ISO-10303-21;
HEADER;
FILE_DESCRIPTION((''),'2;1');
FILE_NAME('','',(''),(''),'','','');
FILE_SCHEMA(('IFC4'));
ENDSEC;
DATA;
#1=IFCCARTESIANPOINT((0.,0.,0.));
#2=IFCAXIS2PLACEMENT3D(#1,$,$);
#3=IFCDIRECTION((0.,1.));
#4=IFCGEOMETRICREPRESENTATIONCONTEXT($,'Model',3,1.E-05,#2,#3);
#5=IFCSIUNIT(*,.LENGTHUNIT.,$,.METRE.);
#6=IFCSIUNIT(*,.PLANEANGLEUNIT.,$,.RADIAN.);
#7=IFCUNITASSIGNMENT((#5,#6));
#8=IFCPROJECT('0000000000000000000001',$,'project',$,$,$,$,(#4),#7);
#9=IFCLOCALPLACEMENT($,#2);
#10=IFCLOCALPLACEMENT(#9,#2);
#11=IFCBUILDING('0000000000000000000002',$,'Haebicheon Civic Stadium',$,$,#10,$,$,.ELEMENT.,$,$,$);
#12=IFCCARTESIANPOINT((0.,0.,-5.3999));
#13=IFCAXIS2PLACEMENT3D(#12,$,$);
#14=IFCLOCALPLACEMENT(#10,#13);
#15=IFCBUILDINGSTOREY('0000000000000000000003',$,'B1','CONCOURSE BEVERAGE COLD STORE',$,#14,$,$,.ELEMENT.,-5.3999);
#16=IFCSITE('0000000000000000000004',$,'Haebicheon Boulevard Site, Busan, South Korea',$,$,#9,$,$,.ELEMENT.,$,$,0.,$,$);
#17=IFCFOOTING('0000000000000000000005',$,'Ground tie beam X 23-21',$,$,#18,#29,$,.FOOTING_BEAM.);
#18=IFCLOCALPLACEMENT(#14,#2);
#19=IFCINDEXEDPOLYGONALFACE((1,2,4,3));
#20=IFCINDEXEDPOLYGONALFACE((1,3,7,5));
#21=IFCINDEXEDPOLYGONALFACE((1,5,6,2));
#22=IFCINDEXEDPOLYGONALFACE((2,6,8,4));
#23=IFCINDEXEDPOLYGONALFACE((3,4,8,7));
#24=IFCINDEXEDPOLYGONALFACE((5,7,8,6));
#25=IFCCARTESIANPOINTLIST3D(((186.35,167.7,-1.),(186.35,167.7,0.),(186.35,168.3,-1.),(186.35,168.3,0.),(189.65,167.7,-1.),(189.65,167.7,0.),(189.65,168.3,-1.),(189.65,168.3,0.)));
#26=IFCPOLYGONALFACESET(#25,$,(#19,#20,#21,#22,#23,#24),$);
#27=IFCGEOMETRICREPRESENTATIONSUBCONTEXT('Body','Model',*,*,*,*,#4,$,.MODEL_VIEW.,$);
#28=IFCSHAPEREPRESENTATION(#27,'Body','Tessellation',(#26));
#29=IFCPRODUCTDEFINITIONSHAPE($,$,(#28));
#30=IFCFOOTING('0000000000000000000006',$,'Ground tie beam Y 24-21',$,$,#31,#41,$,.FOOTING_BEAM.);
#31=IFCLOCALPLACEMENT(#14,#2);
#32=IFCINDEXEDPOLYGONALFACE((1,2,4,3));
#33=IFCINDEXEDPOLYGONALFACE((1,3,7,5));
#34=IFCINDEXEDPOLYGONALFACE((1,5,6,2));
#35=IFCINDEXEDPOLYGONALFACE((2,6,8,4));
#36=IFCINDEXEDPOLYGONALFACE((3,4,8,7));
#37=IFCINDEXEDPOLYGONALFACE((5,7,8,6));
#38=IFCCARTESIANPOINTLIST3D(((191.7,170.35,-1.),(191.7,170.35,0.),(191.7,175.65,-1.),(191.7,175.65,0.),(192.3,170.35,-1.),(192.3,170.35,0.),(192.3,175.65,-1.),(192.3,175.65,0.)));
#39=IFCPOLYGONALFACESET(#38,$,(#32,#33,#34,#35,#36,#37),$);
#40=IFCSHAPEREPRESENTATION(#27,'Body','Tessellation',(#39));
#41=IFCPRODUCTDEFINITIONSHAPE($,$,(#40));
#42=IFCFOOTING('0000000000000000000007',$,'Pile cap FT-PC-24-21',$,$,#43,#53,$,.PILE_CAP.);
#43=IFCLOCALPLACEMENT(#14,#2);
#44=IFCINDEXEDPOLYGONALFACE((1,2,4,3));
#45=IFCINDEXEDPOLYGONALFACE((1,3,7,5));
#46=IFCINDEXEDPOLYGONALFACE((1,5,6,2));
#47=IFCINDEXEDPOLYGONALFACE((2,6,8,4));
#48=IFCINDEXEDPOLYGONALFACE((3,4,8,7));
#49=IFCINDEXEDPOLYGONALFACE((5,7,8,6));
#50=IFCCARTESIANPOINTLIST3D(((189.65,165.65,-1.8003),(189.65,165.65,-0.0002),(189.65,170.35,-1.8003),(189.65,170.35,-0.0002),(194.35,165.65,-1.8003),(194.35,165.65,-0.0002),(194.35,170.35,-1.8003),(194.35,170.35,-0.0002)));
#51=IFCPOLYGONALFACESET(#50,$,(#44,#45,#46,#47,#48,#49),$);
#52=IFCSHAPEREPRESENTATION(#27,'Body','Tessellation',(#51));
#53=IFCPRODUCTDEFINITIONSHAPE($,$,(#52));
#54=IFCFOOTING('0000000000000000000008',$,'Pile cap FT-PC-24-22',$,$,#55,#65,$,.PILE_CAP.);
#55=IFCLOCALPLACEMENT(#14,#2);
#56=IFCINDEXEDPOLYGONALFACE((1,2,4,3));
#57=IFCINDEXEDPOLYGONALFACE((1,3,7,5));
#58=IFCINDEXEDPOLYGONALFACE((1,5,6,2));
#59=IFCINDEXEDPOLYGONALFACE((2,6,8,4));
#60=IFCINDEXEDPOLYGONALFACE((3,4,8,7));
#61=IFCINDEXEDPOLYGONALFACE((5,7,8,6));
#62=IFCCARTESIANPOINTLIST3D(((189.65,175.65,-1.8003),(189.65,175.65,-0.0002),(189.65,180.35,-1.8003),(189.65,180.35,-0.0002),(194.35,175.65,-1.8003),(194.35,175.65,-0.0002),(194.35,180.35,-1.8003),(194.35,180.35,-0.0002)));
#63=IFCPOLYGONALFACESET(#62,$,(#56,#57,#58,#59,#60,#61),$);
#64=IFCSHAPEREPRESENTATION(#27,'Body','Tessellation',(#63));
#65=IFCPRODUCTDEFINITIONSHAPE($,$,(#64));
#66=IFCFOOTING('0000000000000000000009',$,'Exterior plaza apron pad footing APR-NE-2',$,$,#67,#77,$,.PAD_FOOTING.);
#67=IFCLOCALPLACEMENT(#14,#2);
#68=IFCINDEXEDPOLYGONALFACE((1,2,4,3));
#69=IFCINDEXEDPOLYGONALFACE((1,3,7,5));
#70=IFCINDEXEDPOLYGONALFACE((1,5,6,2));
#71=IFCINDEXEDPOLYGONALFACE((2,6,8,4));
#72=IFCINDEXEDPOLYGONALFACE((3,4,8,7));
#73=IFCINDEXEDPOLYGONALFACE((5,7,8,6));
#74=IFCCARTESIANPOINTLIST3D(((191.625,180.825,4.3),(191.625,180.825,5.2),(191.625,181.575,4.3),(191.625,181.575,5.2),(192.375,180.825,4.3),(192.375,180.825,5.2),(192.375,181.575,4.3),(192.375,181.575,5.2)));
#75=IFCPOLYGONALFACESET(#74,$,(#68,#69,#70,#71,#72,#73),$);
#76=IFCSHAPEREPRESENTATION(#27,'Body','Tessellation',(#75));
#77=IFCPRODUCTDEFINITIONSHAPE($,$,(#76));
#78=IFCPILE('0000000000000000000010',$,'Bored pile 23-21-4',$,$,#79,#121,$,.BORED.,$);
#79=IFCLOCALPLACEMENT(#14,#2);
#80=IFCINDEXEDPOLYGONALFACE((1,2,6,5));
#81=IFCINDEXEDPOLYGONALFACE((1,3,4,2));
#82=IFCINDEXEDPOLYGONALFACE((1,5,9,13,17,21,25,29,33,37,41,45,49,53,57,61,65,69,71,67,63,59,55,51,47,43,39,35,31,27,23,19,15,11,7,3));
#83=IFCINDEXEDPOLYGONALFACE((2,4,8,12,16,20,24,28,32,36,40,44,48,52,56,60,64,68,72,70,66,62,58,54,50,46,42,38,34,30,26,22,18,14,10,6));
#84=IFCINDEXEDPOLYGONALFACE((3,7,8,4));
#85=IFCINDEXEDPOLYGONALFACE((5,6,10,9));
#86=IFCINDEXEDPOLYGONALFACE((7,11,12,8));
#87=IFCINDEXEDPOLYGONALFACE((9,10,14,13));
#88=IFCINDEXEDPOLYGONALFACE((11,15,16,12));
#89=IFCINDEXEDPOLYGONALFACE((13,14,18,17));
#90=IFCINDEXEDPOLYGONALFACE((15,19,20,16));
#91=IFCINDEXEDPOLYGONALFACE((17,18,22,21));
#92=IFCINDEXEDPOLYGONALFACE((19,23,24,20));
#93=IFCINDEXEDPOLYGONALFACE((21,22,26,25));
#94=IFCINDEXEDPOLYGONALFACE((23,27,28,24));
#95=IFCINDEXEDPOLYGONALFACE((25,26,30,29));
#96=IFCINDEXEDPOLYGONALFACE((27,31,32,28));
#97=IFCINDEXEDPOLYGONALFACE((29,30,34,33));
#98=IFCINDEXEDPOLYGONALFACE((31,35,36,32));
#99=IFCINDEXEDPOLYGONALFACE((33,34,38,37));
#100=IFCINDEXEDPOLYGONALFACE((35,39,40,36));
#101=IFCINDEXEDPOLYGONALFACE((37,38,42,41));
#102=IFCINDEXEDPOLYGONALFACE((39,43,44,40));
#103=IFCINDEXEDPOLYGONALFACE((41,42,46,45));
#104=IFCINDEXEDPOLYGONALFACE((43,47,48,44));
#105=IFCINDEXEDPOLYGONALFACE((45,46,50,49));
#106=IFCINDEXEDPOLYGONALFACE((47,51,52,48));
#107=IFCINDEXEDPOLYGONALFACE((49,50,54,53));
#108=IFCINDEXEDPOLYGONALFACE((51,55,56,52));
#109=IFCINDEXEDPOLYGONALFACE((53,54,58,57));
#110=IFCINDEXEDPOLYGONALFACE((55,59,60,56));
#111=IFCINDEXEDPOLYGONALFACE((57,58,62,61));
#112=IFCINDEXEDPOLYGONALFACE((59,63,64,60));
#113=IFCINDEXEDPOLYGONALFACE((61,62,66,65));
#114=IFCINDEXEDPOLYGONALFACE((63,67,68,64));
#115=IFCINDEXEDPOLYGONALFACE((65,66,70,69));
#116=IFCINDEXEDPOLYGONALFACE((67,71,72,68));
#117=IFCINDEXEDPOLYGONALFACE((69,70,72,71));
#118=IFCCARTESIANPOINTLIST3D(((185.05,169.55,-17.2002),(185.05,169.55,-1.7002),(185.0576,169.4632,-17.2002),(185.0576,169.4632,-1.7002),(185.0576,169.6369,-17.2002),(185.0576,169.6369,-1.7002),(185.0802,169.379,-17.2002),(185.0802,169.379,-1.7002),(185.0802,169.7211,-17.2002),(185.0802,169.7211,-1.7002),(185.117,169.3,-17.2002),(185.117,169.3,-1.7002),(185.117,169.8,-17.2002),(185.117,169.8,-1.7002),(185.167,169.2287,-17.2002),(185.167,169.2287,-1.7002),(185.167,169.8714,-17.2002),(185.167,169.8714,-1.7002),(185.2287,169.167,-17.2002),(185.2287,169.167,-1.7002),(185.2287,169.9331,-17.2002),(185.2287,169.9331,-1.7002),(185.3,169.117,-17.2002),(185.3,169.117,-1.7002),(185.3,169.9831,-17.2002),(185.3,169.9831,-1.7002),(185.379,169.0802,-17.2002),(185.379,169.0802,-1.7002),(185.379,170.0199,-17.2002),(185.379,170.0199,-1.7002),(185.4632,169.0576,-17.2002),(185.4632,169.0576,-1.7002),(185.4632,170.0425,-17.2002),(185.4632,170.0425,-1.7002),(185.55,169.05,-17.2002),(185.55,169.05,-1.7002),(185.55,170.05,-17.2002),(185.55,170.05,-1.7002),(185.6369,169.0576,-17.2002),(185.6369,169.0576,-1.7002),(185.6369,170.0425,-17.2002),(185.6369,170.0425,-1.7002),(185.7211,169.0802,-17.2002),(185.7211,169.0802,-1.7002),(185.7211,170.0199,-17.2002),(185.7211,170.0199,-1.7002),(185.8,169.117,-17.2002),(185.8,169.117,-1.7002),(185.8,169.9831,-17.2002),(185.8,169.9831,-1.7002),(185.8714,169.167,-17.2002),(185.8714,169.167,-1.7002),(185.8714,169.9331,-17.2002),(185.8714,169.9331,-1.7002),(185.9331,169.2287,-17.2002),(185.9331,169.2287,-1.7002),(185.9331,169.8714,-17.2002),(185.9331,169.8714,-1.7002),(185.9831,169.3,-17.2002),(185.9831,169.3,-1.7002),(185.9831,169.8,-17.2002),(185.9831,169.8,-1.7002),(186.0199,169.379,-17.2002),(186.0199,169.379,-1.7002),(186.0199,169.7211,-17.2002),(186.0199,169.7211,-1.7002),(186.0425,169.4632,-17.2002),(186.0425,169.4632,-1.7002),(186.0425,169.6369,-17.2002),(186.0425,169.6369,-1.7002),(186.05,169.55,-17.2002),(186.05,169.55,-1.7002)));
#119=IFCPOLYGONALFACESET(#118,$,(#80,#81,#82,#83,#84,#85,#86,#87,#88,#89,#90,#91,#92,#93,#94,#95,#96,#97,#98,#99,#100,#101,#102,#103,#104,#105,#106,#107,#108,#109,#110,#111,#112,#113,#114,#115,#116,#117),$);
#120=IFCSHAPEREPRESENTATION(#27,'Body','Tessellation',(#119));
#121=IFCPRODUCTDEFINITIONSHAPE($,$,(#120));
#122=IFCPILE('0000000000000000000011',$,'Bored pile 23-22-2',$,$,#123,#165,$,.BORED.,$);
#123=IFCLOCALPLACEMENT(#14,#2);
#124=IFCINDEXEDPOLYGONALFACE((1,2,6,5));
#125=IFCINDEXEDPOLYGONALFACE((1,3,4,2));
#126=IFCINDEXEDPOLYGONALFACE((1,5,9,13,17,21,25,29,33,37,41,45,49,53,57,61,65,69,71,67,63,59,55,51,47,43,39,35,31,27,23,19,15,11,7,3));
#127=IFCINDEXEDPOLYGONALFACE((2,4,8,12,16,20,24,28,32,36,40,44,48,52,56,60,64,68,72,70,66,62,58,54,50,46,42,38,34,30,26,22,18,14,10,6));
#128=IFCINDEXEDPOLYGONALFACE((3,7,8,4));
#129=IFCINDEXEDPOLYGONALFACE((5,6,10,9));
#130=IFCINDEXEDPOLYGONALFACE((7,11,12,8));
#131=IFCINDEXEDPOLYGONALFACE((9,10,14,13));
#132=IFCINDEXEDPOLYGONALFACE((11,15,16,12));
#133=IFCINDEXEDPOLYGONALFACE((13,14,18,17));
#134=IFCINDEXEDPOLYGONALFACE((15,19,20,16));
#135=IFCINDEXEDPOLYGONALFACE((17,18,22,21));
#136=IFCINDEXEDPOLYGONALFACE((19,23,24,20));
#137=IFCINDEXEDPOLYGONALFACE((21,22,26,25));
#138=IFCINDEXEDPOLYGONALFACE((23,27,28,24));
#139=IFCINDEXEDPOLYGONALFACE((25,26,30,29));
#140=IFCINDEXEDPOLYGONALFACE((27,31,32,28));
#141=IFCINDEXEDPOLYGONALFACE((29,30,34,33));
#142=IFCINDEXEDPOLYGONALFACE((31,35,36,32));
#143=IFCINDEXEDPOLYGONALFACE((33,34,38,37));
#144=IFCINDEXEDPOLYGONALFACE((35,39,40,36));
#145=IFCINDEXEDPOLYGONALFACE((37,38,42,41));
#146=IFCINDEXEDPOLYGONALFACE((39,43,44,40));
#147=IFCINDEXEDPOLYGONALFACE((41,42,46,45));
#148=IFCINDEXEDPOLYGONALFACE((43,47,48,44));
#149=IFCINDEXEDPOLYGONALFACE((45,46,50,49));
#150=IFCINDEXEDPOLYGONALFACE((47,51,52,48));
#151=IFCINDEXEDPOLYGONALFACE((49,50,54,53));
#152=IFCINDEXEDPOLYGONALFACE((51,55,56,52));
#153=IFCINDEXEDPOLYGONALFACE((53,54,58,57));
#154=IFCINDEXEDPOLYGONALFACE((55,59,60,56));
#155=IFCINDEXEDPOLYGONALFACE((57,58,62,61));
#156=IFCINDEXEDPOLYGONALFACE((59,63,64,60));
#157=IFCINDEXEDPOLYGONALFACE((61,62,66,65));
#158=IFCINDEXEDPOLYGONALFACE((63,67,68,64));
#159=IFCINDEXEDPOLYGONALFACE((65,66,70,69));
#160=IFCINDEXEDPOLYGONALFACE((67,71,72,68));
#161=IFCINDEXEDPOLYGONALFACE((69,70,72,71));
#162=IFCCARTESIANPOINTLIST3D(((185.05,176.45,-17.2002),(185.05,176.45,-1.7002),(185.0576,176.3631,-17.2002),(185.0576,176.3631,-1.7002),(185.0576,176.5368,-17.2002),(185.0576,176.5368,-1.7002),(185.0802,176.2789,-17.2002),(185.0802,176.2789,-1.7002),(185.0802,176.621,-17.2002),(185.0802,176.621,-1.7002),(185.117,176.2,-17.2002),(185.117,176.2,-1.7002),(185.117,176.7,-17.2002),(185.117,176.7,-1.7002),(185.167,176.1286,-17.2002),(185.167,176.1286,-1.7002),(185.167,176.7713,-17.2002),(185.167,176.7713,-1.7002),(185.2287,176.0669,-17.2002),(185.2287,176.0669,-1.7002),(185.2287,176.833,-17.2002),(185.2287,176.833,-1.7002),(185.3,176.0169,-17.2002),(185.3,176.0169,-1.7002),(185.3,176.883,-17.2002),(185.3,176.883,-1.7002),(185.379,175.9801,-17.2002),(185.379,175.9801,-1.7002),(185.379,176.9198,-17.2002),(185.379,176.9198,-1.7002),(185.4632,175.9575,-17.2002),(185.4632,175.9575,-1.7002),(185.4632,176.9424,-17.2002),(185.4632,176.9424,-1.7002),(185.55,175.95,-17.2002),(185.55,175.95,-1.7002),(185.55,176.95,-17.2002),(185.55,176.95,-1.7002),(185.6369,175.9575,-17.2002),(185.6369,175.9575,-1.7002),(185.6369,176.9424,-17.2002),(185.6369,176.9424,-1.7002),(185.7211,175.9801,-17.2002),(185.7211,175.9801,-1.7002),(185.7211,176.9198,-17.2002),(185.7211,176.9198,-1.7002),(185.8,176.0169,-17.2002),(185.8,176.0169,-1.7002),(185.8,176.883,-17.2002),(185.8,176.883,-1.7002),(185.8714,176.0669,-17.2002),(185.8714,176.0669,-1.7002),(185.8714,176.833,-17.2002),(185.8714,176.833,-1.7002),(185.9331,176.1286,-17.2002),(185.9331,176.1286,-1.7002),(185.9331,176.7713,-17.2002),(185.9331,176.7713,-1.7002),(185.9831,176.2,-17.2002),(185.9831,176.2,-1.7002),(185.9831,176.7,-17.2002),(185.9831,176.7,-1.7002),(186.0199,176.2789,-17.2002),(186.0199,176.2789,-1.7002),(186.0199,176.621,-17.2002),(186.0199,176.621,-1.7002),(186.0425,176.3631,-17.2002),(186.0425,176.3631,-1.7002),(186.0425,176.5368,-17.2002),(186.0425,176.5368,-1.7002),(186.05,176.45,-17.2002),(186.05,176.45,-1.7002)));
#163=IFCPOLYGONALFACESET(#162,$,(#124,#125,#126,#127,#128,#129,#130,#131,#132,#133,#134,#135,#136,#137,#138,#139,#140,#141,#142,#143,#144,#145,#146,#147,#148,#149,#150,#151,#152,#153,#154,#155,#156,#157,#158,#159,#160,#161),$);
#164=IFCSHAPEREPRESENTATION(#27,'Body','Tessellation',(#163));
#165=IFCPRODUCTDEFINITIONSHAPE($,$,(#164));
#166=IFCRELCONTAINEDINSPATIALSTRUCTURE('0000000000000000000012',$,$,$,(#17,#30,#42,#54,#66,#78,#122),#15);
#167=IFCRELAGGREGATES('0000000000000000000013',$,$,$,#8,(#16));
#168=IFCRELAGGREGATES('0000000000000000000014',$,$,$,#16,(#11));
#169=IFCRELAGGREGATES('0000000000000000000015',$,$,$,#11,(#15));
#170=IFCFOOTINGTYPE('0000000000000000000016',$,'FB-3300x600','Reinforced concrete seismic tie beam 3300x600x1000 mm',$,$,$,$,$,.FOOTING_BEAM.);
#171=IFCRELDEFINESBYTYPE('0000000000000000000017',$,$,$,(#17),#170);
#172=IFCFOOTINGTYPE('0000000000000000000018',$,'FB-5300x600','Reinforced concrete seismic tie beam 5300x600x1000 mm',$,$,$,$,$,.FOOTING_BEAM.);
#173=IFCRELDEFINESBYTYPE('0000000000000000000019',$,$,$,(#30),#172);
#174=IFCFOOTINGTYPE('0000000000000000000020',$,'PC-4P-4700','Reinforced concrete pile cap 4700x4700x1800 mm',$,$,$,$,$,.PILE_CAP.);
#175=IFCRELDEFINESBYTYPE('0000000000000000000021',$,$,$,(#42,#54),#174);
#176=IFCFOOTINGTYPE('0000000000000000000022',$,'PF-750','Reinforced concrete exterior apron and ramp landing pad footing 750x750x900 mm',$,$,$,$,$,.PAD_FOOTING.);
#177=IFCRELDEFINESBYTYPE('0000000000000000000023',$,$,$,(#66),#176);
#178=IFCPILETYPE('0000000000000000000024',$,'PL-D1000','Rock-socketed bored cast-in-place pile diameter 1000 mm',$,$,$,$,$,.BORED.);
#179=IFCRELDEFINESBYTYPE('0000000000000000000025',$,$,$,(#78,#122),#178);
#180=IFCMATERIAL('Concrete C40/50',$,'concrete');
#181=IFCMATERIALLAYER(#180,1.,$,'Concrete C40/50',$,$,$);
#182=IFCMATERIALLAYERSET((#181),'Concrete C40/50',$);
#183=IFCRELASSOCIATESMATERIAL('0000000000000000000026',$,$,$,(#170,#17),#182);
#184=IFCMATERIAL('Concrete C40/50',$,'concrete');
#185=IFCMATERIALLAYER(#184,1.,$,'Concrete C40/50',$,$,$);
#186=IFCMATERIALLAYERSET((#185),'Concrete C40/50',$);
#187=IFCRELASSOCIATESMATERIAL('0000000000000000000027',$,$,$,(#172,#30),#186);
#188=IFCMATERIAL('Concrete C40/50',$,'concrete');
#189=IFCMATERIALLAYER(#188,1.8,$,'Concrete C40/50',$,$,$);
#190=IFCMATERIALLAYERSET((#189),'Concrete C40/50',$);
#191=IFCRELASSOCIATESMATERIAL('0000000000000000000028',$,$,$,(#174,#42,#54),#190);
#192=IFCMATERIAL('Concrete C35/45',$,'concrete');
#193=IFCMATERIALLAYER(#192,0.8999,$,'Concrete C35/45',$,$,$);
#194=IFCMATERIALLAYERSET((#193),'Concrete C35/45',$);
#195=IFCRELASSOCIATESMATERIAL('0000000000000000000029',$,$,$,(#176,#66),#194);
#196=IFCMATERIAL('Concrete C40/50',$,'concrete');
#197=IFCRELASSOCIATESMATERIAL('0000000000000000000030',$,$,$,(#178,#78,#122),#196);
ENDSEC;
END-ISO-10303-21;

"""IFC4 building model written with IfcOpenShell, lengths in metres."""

from ifc_helpers import new_model, si_unit, direction, frame, origin, origin_2d, place, context, subcontext, project, spatial, rectangle, circle, extrude, material, layer, layer_set, material_profile, profile_set, type_object, element, save


model = new_model("IFC4")

# Units and contexts
model_context = context("Model", 3, precision=1e-05, world=origin(), true_north=direction((0.0, 1.0)))
body_context = subcontext(model_context, "Body", "Model", "MODEL_VIEW")
ifc_project = project(units=[si_unit("LENGTHUNIT", "METRE"), si_unit("PLANEANGLEUNIT", "RADIAN")], contexts=[model_context])

# Site, building, storey
site_placement = place(None, origin())
site = spatial("IfcSite", under=ifc_project, at=site_placement, Name="Haebicheon Boulevard Site, Busan, South Korea", CompositionType="ELEMENT", RefElevation=0.0)
building_placement = place(site_placement, origin())
building = spatial("IfcBuilding", under=site, at=building_placement, Name="Haebicheon Civic Stadium", CompositionType="ELEMENT")
storey_placement = place(building_placement, frame((0.0, 0.0, -5.3999)))
storey = spatial("IfcBuildingStorey", under=building, at=storey_placement, Name="B1", Description="CONCOURSE BEVERAGE COLD STORE", CompositionType="ELEMENT", Elevation=-5.3999)

# Footings
ifc_material_1 = material(Name="Concrete C40/50", Category="concrete")
ifc_layer_1 = layer(ifc_material_1, 1.0, Name="Concrete C40/50")
ifc_layer_set_1 = layer_set([ifc_layer_1], Name="Concrete C40/50")
footing_type_1 = type_object("IfcFootingType", Name="FB-3300x600", Description="Reinforced concrete seismic tie beam 3300x600x1000 mm", PredefinedType="FOOTING_BEAM", material=ifc_layer_set_1)
footing_1_placement = place(storey_placement, frame((188.0, 168.0, -1.0), z_axis=(0.0, 0.0, 1.0), x_axis=(1.0, 0.0, 0.0)))
element("IfcFooting", 1, at=footing_1_placement, inside=storey, type_object=footing_type_1, material=ifc_layer_set_1, Name="Ground tie beam X 23-21", PredefinedType="FOOTING_BEAM", context=body_context, shape_type="SweptSolid", body=[
    extrude(rectangle(XDim=3.3, YDim=0.6001, at=origin_2d()), origin(), (0.0, 0.0, 1.0), 1.0),
])
ifc_material_2 = material(Name="Concrete C40/50", Category="concrete")
ifc_layer_2 = layer(ifc_material_2, 1.0, Name="Concrete C40/50")
ifc_layer_set_2 = layer_set([ifc_layer_2], Name="Concrete C40/50")
footing_type_2 = type_object("IfcFootingType", Name="FB-5300x600", Description="Reinforced concrete seismic tie beam 5300x600x1000 mm", PredefinedType="FOOTING_BEAM", material=ifc_layer_set_2)
footing_2_placement = place(storey_placement, frame((192.0, 173.0, -1.0), z_axis=(0.0, 0.0, 1.0), x_axis=(0.0, 1.0, 0.0)))
element("IfcFooting", 2, at=footing_2_placement, inside=storey, type_object=footing_type_2, material=ifc_layer_set_2, Name="Ground tie beam Y 24-21", PredefinedType="FOOTING_BEAM", context=body_context, shape_type="SweptSolid", body=[
    extrude(rectangle(XDim=5.3, YDim=0.6001, at=origin_2d()), origin(), (0.0, 0.0, 1.0), 1.0),
])
ifc_material_3 = material(Name="Concrete C40/50", Category="concrete")
ifc_layer_3 = layer(ifc_material_3, 1.8, Name="Concrete C40/50")
ifc_layer_set_3 = layer_set([ifc_layer_3], Name="Concrete C40/50")
footing_type_3 = type_object("IfcFootingType", Name="PC-4P-4700", Description="Reinforced concrete pile cap 4700x4700x1800 mm", PredefinedType="PILE_CAP", material=ifc_layer_set_3)
for number, where, z_axis, x_axis, name in (
    (3, (192.0, 168.0, -1.8003), (0.0, 0.0, 1.0), (1.0, 0.0, 0.0), "Pile cap FT-PC-24-21"),
    (4, (192.0, 178.0, -1.8003), (0.0, 0.0, 1.0), (1.0, 0.0, 0.0), "Pile cap FT-PC-24-22"),
):
    element("IfcFooting", number, at=place(storey_placement, frame(where, z_axis=z_axis, x_axis=x_axis)), inside=storey, type_object=footing_type_3, material=ifc_layer_set_3, Name=name, PredefinedType="PILE_CAP", context=body_context, shape_type="SweptSolid", body=[
        extrude(rectangle(XDim=4.7, YDim=4.7, at=origin_2d()), origin(), (0.0, 0.0, 1.0), 1.8),
    ])
ifc_material_4 = material(Name="Concrete C35/45", Category="concrete")
ifc_layer_4 = layer(ifc_material_4, 0.8999, Name="Concrete C35/45")
ifc_layer_set_4 = layer_set([ifc_layer_4], Name="Concrete C35/45")
footing_type_4 = type_object("IfcFootingType", Name="PF-750", Description="Reinforced concrete exterior apron and ramp landing pad footing 750x750x900 mm", PredefinedType="PAD_FOOTING", material=ifc_layer_set_4)
footing_3_placement = place(storey_placement, frame((192.0, 181.2, 4.3), z_axis=(0.0, 0.0, 1.0), x_axis=(1.0, 0.0, 0.0)))
element("IfcFooting", 5, at=footing_3_placement, inside=storey, type_object=footing_type_4, material=ifc_layer_set_4, Name="Exterior plaza apron pad footing APR-NE-2", PredefinedType="PAD_FOOTING", context=body_context, shape_type="SweptSolid", body=[
    extrude(rectangle(XDim=0.75, YDim=0.75, at=origin_2d()), origin(), (0.0, 0.0, 1.0), 0.8999),
])

# Piles
ifc_material_5 = material(Name="Concrete C40/50", Category="concrete")
ifc_material_profile_1 = material_profile(ifc_material_5, circle(Radius=0.5, at=origin_2d()), Name="PILE-D1000")
ifc_profile_set_1 = profile_set([ifc_material_profile_1], Name="Concrete C40/50")
pile_type = type_object("IfcPileType", Name="PL-D1000", Description="Rock-socketed bored cast-in-place pile diameter 1000 mm", PredefinedType="BORED", material=ifc_profile_set_1)
for number, where, z_axis, x_axis, name in (
    (6, (185.55, 169.55, -1.7002), (0.0, 0.0, -1.0), (1.0, 0.0, 0.0), "Bored pile 23-21-4"),
    (7, (185.55, 176.45, -1.7002), (0.0, 0.0, -1.0), (1.0, 0.0, 0.0), "Bored pile 23-22-2"),
):
    element("IfcPile", number, at=place(storey_placement, frame(where, z_axis=z_axis, x_axis=x_axis)), inside=storey, type_object=pile_type, material=ifc_profile_set_1, Name=name, PredefinedType="BORED", context=body_context, shape_type="SweptSolid", body=[
        extrude(circle(Radius=0.5, at=origin_2d()), origin(), (0.0, 0.0, 1.0), 15.5),
    ])

save(model, "model.ifc")
